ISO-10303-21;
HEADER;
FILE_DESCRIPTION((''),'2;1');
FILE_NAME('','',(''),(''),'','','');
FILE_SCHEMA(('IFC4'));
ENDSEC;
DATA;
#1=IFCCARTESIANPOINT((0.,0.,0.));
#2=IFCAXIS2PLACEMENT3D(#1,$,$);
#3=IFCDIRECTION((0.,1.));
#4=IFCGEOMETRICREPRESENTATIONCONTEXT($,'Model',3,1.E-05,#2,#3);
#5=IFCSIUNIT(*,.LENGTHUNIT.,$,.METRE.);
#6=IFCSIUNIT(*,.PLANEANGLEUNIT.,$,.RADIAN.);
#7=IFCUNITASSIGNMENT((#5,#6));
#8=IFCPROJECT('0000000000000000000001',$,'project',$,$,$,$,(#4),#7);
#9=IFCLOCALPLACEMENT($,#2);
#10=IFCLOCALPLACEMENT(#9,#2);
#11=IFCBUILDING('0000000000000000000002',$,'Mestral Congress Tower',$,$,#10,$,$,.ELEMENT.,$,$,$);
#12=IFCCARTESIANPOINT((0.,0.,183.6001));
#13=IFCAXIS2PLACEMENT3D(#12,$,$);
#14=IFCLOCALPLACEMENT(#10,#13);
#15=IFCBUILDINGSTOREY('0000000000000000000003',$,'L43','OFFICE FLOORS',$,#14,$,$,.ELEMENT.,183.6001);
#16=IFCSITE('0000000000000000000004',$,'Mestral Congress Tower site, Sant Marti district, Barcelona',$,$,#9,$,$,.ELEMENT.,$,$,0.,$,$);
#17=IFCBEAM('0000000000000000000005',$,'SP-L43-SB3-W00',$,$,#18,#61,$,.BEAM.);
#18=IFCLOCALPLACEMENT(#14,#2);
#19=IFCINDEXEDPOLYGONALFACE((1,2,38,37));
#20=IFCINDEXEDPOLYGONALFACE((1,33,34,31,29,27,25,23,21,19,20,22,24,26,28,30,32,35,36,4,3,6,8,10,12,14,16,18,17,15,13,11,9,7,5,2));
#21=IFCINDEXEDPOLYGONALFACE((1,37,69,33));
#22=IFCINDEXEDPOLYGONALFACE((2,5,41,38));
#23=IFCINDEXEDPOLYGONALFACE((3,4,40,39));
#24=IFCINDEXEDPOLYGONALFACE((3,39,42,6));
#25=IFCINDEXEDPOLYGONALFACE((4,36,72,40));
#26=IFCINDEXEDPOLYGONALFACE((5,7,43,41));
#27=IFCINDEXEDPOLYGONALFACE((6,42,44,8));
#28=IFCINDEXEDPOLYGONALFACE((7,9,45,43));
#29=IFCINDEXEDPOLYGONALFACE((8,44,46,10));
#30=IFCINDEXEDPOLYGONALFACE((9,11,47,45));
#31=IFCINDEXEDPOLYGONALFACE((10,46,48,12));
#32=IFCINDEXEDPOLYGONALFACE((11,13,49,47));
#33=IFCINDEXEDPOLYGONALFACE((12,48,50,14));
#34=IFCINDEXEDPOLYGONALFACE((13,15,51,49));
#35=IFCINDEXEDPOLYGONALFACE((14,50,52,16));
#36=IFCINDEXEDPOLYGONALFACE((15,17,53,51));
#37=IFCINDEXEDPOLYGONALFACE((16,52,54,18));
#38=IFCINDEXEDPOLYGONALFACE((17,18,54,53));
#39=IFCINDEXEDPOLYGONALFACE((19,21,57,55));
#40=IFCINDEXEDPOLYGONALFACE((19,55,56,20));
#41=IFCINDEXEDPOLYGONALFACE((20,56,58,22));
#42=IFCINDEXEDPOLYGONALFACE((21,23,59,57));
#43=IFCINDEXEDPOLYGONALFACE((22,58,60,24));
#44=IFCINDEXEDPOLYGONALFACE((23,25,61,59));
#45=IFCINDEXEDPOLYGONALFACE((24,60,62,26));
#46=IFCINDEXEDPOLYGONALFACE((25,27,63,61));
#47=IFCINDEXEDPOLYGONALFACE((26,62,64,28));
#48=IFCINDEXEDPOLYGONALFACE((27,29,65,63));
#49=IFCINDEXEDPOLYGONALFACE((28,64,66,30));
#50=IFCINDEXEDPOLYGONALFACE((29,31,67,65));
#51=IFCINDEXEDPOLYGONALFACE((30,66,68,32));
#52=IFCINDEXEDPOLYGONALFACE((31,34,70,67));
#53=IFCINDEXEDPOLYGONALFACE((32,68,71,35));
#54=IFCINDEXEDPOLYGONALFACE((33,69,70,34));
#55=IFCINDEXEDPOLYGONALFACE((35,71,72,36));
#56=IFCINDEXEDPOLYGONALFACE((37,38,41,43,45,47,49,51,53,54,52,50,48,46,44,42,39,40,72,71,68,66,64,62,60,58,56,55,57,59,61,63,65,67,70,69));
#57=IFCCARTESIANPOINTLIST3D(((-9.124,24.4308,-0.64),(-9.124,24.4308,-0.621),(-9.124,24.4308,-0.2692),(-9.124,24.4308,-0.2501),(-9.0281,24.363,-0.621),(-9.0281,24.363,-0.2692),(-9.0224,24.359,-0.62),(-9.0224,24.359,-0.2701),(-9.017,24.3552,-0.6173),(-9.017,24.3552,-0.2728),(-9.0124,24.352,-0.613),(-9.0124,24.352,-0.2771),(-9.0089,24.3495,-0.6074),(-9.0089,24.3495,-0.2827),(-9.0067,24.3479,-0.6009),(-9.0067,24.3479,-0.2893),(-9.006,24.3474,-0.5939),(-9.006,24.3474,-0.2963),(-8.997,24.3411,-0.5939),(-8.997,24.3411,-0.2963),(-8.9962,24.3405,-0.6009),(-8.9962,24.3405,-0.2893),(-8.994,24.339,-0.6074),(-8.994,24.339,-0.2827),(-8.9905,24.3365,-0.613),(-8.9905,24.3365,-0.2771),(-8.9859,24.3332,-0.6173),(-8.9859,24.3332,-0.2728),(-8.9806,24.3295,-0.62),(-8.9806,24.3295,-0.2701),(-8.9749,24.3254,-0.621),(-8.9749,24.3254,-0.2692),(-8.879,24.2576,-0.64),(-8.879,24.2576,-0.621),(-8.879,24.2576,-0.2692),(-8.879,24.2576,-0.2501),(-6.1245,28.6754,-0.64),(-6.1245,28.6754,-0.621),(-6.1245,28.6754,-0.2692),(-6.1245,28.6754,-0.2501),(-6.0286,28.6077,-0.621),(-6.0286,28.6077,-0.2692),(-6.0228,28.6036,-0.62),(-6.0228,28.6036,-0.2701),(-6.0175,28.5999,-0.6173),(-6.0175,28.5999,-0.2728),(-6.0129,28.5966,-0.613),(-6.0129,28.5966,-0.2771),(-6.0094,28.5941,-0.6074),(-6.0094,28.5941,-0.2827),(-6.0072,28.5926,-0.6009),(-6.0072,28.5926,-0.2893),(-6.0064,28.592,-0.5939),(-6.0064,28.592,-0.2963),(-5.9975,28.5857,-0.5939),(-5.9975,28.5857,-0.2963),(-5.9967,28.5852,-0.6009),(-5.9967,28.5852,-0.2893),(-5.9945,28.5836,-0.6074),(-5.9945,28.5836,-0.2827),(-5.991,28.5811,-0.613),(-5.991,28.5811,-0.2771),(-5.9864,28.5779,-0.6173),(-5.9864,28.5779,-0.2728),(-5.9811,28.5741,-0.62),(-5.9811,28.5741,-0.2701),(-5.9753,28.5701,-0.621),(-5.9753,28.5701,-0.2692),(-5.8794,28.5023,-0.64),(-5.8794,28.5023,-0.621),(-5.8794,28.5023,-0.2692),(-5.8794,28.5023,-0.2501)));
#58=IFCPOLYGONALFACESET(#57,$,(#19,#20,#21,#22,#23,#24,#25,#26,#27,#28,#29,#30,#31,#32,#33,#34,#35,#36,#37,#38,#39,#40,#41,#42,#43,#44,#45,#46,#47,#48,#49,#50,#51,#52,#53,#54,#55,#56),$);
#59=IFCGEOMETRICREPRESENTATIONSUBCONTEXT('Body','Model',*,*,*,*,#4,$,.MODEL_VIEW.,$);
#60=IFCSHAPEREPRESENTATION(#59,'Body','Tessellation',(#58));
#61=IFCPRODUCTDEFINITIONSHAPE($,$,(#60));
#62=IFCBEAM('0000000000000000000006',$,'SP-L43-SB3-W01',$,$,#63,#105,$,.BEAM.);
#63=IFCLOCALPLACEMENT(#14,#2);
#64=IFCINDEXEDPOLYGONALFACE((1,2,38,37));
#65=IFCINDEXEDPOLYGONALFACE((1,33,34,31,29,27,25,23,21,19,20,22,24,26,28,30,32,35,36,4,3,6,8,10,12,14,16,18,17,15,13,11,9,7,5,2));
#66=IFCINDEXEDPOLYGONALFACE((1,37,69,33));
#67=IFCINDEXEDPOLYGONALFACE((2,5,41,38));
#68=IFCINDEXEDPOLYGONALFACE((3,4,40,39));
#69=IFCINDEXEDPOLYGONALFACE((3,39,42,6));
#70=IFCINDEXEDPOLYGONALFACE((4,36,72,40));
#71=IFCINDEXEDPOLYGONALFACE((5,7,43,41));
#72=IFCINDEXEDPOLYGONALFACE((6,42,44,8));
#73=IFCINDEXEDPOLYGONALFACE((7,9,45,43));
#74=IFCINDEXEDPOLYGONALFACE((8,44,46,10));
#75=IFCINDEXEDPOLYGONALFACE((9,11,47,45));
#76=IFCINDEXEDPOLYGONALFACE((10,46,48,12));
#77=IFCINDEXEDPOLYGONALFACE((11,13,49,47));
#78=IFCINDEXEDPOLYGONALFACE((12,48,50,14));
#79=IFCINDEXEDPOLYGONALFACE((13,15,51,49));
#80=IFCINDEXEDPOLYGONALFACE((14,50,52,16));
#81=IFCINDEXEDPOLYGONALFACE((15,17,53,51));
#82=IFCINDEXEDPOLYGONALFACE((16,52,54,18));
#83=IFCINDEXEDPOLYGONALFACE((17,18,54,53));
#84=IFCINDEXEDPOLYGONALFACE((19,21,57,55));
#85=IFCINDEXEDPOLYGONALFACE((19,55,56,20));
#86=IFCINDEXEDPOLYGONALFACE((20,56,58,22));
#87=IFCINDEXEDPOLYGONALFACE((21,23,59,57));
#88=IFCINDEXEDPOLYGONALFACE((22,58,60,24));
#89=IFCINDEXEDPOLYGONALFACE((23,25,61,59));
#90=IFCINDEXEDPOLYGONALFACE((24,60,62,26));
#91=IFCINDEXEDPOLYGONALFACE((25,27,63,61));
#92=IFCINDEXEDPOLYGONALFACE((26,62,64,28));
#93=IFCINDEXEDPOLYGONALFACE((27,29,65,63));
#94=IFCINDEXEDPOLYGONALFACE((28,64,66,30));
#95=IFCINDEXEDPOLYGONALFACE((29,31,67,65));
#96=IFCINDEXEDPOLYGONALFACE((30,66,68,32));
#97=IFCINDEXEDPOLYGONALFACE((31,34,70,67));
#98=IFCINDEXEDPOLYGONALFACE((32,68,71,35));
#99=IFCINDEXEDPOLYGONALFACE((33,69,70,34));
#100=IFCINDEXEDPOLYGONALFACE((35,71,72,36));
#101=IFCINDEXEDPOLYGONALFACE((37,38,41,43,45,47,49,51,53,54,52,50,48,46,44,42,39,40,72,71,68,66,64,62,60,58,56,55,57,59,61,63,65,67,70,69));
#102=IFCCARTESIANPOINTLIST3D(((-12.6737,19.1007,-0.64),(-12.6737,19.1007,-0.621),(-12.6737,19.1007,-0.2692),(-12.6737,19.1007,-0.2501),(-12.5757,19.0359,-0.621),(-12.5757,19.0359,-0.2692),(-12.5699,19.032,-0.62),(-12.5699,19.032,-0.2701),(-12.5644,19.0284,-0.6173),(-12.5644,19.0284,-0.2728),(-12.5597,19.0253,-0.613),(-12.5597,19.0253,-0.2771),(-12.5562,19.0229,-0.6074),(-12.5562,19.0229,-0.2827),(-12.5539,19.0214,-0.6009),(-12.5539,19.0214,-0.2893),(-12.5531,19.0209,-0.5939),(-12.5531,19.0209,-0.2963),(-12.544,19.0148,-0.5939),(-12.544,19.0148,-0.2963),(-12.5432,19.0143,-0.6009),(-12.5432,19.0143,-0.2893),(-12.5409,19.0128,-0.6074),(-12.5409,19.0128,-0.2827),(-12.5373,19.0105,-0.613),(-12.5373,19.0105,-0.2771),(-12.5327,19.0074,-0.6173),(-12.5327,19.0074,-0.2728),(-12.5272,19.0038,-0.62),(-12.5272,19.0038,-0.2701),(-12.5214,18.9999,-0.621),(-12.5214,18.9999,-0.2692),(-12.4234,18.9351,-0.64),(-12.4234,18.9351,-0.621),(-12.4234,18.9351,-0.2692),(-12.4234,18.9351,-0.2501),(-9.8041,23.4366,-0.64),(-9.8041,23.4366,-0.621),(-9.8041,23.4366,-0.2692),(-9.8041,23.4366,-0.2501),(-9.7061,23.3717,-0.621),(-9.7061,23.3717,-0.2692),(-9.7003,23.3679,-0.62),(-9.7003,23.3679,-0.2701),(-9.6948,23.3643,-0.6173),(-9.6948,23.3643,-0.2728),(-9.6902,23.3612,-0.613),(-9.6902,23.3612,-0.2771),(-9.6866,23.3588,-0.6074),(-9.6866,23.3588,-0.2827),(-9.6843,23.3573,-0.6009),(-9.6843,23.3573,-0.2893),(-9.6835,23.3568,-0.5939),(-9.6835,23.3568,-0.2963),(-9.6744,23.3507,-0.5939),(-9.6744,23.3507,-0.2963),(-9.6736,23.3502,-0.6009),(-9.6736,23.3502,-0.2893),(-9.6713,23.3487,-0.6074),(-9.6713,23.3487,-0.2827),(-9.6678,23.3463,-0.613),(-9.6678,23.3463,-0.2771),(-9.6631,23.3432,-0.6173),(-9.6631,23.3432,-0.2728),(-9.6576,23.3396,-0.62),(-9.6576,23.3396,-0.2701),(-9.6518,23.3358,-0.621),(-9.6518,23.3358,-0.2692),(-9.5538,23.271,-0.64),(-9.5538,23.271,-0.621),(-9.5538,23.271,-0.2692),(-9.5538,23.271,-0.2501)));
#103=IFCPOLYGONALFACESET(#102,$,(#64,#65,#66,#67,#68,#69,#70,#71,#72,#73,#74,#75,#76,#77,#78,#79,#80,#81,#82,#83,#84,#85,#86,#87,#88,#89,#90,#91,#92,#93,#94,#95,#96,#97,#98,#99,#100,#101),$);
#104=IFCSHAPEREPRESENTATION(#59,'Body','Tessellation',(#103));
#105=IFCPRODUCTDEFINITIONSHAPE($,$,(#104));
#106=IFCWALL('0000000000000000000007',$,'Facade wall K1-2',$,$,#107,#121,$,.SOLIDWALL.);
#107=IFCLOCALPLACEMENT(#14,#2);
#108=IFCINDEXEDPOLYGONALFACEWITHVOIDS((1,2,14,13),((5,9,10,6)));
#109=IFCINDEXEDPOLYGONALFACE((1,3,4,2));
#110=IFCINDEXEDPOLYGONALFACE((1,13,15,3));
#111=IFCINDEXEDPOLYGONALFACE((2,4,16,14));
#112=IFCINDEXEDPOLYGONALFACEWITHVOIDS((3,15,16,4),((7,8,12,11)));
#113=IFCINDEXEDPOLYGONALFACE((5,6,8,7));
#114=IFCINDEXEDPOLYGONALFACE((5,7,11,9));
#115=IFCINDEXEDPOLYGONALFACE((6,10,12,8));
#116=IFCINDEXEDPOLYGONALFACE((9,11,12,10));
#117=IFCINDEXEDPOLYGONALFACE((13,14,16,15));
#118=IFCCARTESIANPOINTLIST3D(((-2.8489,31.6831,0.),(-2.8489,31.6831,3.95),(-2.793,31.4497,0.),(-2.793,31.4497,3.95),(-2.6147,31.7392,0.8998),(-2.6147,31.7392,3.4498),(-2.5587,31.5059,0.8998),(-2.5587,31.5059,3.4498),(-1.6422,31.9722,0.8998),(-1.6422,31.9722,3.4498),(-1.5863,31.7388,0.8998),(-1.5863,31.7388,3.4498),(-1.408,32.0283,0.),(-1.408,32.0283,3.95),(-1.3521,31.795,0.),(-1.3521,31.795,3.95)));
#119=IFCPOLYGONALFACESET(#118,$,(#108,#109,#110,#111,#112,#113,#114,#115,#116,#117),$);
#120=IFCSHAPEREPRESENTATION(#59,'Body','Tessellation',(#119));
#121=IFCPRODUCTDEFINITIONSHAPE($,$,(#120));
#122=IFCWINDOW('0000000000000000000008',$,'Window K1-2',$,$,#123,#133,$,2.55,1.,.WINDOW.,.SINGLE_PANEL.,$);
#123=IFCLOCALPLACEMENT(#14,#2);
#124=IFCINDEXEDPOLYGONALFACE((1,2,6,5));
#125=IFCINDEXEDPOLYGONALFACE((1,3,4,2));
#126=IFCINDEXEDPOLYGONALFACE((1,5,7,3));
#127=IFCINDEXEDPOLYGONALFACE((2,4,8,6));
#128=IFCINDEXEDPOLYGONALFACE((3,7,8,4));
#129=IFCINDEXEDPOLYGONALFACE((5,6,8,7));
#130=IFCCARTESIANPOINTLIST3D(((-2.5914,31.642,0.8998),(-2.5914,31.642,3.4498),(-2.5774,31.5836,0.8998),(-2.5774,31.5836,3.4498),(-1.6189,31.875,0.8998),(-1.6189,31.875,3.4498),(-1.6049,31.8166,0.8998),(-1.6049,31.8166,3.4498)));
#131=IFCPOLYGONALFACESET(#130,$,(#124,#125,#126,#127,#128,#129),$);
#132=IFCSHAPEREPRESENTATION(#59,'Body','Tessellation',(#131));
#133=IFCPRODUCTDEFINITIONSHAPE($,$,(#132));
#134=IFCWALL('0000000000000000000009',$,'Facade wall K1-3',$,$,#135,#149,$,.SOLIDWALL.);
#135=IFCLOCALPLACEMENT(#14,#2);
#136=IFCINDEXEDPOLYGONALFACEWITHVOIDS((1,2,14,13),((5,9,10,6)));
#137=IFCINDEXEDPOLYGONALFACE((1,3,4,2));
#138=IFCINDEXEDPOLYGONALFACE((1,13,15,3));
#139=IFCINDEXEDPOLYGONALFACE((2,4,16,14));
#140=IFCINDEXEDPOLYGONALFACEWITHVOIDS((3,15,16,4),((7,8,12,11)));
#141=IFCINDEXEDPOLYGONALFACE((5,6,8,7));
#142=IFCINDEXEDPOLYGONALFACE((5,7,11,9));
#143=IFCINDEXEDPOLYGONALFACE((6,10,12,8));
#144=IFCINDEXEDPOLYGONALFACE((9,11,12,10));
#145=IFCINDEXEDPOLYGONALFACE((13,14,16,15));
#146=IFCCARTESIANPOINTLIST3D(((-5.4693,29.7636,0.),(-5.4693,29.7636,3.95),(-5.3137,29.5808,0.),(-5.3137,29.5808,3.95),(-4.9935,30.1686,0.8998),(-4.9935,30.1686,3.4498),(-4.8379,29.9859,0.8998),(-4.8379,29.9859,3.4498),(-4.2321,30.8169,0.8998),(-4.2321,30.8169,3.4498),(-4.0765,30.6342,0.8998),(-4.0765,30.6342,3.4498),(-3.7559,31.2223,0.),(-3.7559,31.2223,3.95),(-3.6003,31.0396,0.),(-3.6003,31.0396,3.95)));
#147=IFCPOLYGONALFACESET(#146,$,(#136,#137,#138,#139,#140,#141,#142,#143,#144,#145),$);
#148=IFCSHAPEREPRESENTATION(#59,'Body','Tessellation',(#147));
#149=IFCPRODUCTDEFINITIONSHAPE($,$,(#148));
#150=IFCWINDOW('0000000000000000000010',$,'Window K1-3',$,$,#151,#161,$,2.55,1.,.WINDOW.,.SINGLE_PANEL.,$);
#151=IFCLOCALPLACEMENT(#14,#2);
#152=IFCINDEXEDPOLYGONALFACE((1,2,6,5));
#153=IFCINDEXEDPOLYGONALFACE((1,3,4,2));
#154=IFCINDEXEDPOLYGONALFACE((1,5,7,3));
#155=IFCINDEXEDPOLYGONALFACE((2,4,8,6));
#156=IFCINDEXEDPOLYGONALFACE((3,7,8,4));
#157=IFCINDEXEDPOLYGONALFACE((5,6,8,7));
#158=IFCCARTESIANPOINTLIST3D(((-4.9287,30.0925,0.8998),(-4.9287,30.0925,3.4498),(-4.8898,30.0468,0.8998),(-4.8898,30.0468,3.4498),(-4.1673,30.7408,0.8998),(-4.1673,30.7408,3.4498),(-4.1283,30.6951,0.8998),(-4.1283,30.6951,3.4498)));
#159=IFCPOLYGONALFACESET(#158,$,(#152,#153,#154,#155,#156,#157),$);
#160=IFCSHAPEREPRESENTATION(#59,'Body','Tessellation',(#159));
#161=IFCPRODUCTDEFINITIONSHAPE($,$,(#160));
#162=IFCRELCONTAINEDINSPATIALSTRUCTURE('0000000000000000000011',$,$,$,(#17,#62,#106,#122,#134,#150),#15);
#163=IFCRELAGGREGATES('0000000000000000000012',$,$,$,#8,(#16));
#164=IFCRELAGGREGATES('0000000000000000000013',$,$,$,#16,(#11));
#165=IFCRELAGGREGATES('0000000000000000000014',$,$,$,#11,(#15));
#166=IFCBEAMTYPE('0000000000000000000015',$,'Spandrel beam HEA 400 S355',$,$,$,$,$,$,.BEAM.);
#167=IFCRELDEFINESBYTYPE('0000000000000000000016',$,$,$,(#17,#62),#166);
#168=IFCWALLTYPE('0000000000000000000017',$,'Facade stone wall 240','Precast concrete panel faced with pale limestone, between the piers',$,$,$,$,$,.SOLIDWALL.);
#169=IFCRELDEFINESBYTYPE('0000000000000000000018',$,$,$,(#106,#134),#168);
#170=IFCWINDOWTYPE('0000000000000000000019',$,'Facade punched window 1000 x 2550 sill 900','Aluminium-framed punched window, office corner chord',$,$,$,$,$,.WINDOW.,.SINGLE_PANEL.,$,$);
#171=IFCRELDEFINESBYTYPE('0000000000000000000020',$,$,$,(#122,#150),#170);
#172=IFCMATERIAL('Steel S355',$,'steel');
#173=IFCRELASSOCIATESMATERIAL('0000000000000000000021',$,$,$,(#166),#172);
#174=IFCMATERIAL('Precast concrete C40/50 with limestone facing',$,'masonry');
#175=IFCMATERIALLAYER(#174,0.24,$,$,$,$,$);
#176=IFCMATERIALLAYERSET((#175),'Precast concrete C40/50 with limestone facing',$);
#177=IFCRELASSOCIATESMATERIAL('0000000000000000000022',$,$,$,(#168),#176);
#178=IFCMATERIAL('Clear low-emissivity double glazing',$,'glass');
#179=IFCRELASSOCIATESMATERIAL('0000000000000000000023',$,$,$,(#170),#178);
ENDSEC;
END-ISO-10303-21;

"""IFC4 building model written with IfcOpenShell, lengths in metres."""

from ifc_helpers import new_model, si_unit, direction, frame, frame_2d, origin, origin_2d, place, context, subcontext, project, spatial, rectangle, i_section, extrude, material, layer, layer_set, material_profile, profile_set, type_object, element, fill, save


model = new_model("IFC4")

# Units and contexts
model_context = context("Model", 3, precision=1e-05, world=origin(), true_north=direction((0.0, 1.0)))
body_context = subcontext(model_context, "Body", "Model", "MODEL_VIEW")
ifc_project = project(units=[si_unit("LENGTHUNIT", "METRE"), si_unit("PLANEANGLEUNIT", "RADIAN")], contexts=[model_context])

# Site, building, storey
site_placement = place(None, origin())
site = spatial("IfcSite", under=ifc_project, at=site_placement, Name="Mestral Congress Tower site, Sant Marti district, Barcelona", CompositionType="ELEMENT", RefElevation=0.0)
building_placement = place(site_placement, origin())
building = spatial("IfcBuilding", under=site, at=building_placement, Name="Mestral Congress Tower", CompositionType="ELEMENT")
storey_placement = place(building_placement, frame((0.0, 0.0, 183.6001)))
storey = spatial("IfcBuildingStorey", under=building, at=storey_placement, Name="L43", Description="OFFICE FLOORS", CompositionType="ELEMENT", Elevation=183.6001)

# Beams
ifc_material_1 = material(Name="Steel S355", Category="steel")
ifc_material_profile_1 = material_profile(ifc_material_1, i_section(OverallWidth=0.3, OverallDepth=0.3899, WebThickness=0.011, FlangeThickness=0.019, FilletRadius=0.0271, at=origin_2d()), Name="HEA 400")
ifc_profile_set_1 = profile_set([ifc_material_profile_1], Name="Steel S355")
beam_type_1 = type_object("IfcBeamType", Name="Spandrel beam HEA 400 S355", PredefinedType="BEAM", material=ifc_profile_set_1)
beam_1_placement = place(storey_placement, frame((-6.002, 28.5889, -0.4451), z_axis=(-0.577107, -0.816668, 0.0), x_axis=(0.816668, -0.577107, 0.0)))
element("IfcBeam", 1, at=beam_1_placement, inside=storey, type_object=beam_type_1, Name="SP-L43-SB3-W00", PredefinedType="BEAM", context=body_context, shape_type="SweptSolid", body=[
    extrude(i_section(OverallWidth=0.3, OverallDepth=0.3899, WebThickness=0.011, FlangeThickness=0.019, FilletRadius=0.0271, at=origin_2d()), origin(), (0.0, 0.0, 1.0), 5.1975),
])
beam_2_placement = place(storey_placement, frame((-9.679, 23.3538, -0.4451), z_axis=(-0.551901, -0.833909, 0.0), x_axis=(0.833909, -0.551901, 0.0)))
element("IfcBeam", 2, at=beam_2_placement, inside=storey, type_object=beam_type_1, Name="SP-L43-SB3-W01", PredefinedType="BEAM", context=body_context, shape_type="SweptSolid", body=[
    extrude(i_section(OverallWidth=0.3, OverallDepth=0.3899, WebThickness=0.011, FlangeThickness=0.019, FilletRadius=0.0271, at=origin_2d()), origin(), (0.0, 0.0, 1.0), 5.1995),
])

# Walls, openings, windows
ifc_material_2 = material(Name="Precast concrete C40/50 with limestone facing", Category="masonry")
ifc_layer_1 = layer(ifc_material_2, 0.24)
ifc_layer_set_1 = layer_set([ifc_layer_1], Name="Precast concrete C40/50 with limestone facing")
wall_type_1 = type_object("IfcWallType", Name="Facade stone wall 240", Description="Precast concrete panel faced with pale limestone, between the piers", PredefinedType="SOLIDWALL", material=ifc_layer_set_1)
wall_1_placement = place(storey_placement, frame((-1.3801, 31.9116, 0.0), z_axis=(0.0, 0.0, 1.0), x_axis=(-0.97248, -0.232987, 0.0)))
wall_1 = element("IfcWall", 3, at=wall_1_placement, inside=storey, type_object=wall_type_1, Name="Facade wall K1-2", PredefinedType="SOLIDWALL", context=body_context, shape_type="SweptSolid", body=[
    extrude(rectangle(XDim=1.4817, YDim=0.24, at=frame_2d((0.7407, 0.0))), origin(), (0.0, 0.0, 1.0), 3.95),
])
opening_1_placement = place(wall_1_placement, frame((0.2407, 0.0, 0.8999)))
opening_1 = element("IfcOpeningElement", 4, at=opening_1_placement, cuts=wall_1, PredefinedType="OPENING", context=body_context, shape_type="SweptSolid", body=[
    extrude(rectangle(XDim=1.0, YDim=2.55, at=frame_2d((0.5, 1.2749))), frame((0.0, 0.1299, 0.0), z_axis=(0.0, -1.0, 0.0), x_axis=(1.0, 0.0, 0.0)), (0.0, 0.0, 1.0), 0.26),
])
ifc_material_3 = material(Name="Clear low-emissivity double glazing", Category="glass")
window_type_1 = type_object("IfcWindowType", Name="Facade punched window 1000 x 2550 sill 900", Description="Aluminium-framed punched window, office corner chord", PartitioningType="SINGLE_PANEL", PredefinedType="WINDOW", material=ifc_material_3)
window_1_placement = place(opening_1_placement, origin())
window_1 = element("IfcWindow", 5, at=window_1_placement, inside=storey, type_object=window_type_1, Name="Window K1-2", OverallHeight=2.55, OverallWidth=1.0, PartitioningType="SINGLE_PANEL", PredefinedType="WINDOW", context=body_context, shape_type="SweptSolid", body=[
    extrude(rectangle(XDim=1.0, YDim=2.55, at=frame_2d((0.5, 1.2749))), frame((0.0, 0.04, 0.0), z_axis=(0.0, -1.0, 0.0), x_axis=(1.0, 0.0, 0.0)), (0.0, 0.0, 1.0), 0.0601),
])
fill(opening_1, window_1)
wall_2_placement = place(storey_placement, frame((-3.6782, 31.1309, 0.0), z_axis=(0.0, 0.0, 1.0), x_axis=(-0.76142, -0.648259, 0.0)))
wall_2 = element("IfcWall", 6, at=wall_2_placement, inside=storey, type_object=wall_type_1, Name="Facade wall K1-3", PredefinedType="SOLIDWALL", context=body_context, shape_type="SweptSolid", body=[
    extrude(rectangle(XDim=2.2502, YDim=0.24, at=frame_2d((1.125, 0.0))), origin(), (0.0, 0.0, 1.0), 3.95),
])
opening_2_placement = place(wall_2_placement, frame((0.6252, 0.0, 0.8999)))
opening_2 = element("IfcOpeningElement", 7, at=opening_2_placement, cuts=wall_2, PredefinedType="OPENING", context=body_context, shape_type="SweptSolid", body=[
    extrude(rectangle(XDim=1.0, YDim=2.55, at=frame_2d((0.5, 1.2749))), frame((0.0, 0.1299, 0.0), z_axis=(0.0, -1.0, 0.0), x_axis=(1.0, 0.0, 0.0)), (0.0, 0.0, 1.0), 0.26),
])
window_2_placement = place(opening_2_placement, origin())
window_2 = element("IfcWindow", 8, at=window_2_placement, inside=storey, type_object=window_type_1, Name="Window K1-3", OverallHeight=2.55, OverallWidth=1.0, PartitioningType="SINGLE_PANEL", PredefinedType="WINDOW", context=body_context, shape_type="SweptSolid", body=[
    extrude(rectangle(XDim=1.0, YDim=2.55, at=frame_2d((0.5, 1.2749))), frame((0.0, 0.04, 0.0), z_axis=(0.0, -1.0, 0.0), x_axis=(1.0, 0.0, 0.0)), (0.0, 0.0, 1.0), 0.0601),
])
fill(opening_2, window_2)

save(model, "model.ifc")
